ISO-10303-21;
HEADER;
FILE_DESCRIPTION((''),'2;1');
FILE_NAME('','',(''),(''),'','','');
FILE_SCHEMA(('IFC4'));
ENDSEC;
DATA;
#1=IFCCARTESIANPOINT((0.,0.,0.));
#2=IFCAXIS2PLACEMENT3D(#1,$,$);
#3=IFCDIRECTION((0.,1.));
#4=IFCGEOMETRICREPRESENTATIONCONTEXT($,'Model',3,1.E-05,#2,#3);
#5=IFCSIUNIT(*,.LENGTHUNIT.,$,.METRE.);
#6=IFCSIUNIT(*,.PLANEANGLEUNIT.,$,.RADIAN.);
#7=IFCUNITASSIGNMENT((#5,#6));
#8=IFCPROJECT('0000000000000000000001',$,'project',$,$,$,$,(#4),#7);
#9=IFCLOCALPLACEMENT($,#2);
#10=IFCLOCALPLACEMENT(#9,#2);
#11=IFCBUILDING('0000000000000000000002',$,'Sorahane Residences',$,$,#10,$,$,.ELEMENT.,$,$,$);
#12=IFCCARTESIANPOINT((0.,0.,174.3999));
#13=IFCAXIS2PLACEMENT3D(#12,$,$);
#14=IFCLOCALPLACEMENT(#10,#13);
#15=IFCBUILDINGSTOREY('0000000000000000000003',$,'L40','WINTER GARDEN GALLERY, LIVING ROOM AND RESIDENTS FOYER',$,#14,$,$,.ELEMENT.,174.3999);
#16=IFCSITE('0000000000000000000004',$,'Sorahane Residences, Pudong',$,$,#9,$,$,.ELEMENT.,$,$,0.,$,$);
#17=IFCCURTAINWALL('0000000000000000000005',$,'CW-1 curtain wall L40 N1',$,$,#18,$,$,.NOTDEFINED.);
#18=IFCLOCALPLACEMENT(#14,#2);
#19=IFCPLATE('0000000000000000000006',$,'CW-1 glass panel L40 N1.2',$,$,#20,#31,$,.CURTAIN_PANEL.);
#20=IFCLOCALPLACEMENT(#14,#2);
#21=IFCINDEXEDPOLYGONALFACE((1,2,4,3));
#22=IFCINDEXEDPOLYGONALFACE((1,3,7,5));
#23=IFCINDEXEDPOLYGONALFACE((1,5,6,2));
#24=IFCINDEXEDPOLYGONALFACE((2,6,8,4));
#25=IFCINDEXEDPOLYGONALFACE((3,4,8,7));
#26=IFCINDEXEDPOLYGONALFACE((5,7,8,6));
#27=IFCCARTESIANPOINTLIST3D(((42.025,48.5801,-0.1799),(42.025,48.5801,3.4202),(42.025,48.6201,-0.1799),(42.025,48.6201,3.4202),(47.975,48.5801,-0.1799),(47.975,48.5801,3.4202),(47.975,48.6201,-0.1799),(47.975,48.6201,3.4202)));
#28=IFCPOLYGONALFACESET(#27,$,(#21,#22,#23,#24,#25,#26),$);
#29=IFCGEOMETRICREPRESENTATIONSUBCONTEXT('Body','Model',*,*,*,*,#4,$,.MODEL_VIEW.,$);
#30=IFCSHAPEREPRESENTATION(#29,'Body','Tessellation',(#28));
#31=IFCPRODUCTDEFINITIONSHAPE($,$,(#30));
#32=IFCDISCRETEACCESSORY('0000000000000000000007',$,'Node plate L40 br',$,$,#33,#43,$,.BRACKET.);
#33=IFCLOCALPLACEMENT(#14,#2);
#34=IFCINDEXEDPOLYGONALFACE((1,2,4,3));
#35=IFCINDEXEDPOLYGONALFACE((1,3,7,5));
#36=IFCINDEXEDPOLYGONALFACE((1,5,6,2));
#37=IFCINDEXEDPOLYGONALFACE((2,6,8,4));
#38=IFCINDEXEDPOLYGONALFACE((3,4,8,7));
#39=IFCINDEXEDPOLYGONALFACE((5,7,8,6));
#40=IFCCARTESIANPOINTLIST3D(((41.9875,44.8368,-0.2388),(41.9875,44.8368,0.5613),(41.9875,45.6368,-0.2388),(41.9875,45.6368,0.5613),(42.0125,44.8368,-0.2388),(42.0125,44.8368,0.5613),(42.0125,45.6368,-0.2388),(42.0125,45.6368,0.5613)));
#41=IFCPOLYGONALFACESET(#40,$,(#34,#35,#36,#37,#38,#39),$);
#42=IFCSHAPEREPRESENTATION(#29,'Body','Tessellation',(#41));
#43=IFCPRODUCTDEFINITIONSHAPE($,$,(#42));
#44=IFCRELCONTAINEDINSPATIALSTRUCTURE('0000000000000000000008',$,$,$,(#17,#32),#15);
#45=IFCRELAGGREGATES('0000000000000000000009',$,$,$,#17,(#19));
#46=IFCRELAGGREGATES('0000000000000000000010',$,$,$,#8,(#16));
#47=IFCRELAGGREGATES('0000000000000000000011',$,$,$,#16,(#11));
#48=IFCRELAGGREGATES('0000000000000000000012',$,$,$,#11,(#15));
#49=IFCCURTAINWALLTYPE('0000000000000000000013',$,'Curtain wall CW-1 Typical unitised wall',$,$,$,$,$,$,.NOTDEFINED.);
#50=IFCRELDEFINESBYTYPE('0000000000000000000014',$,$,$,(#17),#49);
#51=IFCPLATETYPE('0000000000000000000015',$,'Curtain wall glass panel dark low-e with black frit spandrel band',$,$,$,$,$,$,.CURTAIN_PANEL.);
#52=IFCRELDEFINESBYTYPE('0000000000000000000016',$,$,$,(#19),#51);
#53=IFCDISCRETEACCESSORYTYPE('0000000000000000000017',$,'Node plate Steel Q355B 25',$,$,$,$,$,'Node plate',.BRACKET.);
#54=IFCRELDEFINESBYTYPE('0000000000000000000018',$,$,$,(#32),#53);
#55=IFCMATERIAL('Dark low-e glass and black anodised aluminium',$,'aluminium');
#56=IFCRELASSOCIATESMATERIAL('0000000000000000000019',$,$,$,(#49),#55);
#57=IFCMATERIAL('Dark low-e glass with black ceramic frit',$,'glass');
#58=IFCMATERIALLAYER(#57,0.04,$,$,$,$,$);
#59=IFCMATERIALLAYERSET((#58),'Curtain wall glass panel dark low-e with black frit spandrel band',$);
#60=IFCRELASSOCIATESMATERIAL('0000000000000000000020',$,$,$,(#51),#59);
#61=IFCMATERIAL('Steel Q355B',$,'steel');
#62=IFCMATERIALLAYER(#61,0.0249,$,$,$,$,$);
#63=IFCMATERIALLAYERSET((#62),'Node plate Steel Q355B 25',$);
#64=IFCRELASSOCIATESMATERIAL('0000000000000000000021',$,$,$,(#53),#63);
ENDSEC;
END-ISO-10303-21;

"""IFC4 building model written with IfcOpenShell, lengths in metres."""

from ifc_helpers import new_model, si_unit, direction, frame, origin, origin_2d, place, context, subcontext, project, spatial, rectangle, extrude, material, layer, layer_set, type_object, element, aggregate, save


model = new_model("IFC4")

# Units and contexts
model_context = context("Model", 3, precision=1e-05, world=origin(), true_north=direction((0.0, 1.0)))
body_context = subcontext(model_context, "Body", "Model", "MODEL_VIEW")
ifc_project = project(units=[si_unit("LENGTHUNIT", "METRE"), si_unit("PLANEANGLEUNIT", "RADIAN")], contexts=[model_context])

# Site, building, storey
site_placement = place(None, origin())
site = spatial("IfcSite", under=ifc_project, at=site_placement, Name="Sorahane Residences, Pudong", CompositionType="ELEMENT", RefElevation=0.0)
building_placement = place(site_placement, origin())
building = spatial("IfcBuilding", under=site, at=building_placement, Name="Sorahane Residences", CompositionType="ELEMENT")
storey_placement = place(building_placement, frame((0.0, 0.0, 174.3999)))
storey = spatial("IfcBuildingStorey", under=building, at=storey_placement, Name="L40", Description="WINTER GARDEN GALLERY, LIVING ROOM AND RESIDENTS FOYER", CompositionType="ELEMENT", Elevation=174.3999)

# Shared definitions
ifc_material_1 = material(Name="Dark low-e glass and black anodised aluminium", Category="aluminium")
curtain_wall_type_1 = type_object("IfcCurtainWallType", Name="Curtain wall CW-1 Typical unitised wall", PredefinedType="NOTDEFINED", material=ifc_material_1)

# Curtain wall
curtain_wall_1_placement = place(storey_placement, origin())
curtain_wall_1 = element("IfcCurtainWall", 1, at=curtain_wall_1_placement, inside=storey, type_object=curtain_wall_type_1, Name="CW-1 curtain wall L40 N1", PredefinedType="NOTDEFINED")

# Plate
ifc_material_2 = material(Name="Dark low-e glass with black ceramic frit", Category="glass")
ifc_layer_1 = layer(ifc_material_2, 0.04)
ifc_layer_set_1 = layer_set([ifc_layer_1], Name="Curtain wall glass panel dark low-e with black frit spandrel band")
plate_type = type_object("IfcPlateType", Name="Curtain wall glass panel dark low-e with black frit spandrel band", PredefinedType="CURTAIN_PANEL", material=ifc_layer_set_1)
plate_1_placement = place(storey_placement, frame((45.0, 48.6001, -0.1799), z_axis=(0.0, 0.0, 1.0), x_axis=(-1.0, 0.0, 0.0)))
plate_1 = element("IfcPlate", 2, at=plate_1_placement, type_object=plate_type, Name="CW-1 glass panel L40 N1.2", PredefinedType="CURTAIN_PANEL", context=body_context, shape_type="SweptSolid", body=[
    extrude(rectangle(XDim=5.95, YDim=0.04, at=origin_2d()), origin(), (0.0, 0.0, 1.0), 3.6001),
])
aggregate(curtain_wall_1, [plate_1])

# Discrete accessory
ifc_material_3 = material(Name="Steel Q355B", Category="steel")
ifc_layer_2 = layer(ifc_material_3, 0.0249)
ifc_layer_set_2 = layer_set([ifc_layer_2], Name="Node plate Steel Q355B 25")
discrete_accessory_type = type_object("IfcDiscreteAccessoryType", Name="Node plate Steel Q355B 25", ElementType="Node plate", PredefinedType="BRACKET", material=ifc_layer_set_2)
discrete_accessory_placement = place(storey_placement, frame((42.0, 45.2368, -0.2388), z_axis=(0.0, 0.0, 1.0), x_axis=(0.0, 1.0, 0.0)))
element("IfcDiscreteAccessory", 3, at=discrete_accessory_placement, inside=storey, type_object=discrete_accessory_type, Name="Node plate L40 br", PredefinedType="BRACKET", context=body_context, shape_type="SweptSolid", body=[
    extrude(rectangle(XDim=0.8, YDim=0.0249, at=origin_2d()), origin(), (0.0, 0.0, 1.0), 0.8),
])

save(model, "model.ifc")
